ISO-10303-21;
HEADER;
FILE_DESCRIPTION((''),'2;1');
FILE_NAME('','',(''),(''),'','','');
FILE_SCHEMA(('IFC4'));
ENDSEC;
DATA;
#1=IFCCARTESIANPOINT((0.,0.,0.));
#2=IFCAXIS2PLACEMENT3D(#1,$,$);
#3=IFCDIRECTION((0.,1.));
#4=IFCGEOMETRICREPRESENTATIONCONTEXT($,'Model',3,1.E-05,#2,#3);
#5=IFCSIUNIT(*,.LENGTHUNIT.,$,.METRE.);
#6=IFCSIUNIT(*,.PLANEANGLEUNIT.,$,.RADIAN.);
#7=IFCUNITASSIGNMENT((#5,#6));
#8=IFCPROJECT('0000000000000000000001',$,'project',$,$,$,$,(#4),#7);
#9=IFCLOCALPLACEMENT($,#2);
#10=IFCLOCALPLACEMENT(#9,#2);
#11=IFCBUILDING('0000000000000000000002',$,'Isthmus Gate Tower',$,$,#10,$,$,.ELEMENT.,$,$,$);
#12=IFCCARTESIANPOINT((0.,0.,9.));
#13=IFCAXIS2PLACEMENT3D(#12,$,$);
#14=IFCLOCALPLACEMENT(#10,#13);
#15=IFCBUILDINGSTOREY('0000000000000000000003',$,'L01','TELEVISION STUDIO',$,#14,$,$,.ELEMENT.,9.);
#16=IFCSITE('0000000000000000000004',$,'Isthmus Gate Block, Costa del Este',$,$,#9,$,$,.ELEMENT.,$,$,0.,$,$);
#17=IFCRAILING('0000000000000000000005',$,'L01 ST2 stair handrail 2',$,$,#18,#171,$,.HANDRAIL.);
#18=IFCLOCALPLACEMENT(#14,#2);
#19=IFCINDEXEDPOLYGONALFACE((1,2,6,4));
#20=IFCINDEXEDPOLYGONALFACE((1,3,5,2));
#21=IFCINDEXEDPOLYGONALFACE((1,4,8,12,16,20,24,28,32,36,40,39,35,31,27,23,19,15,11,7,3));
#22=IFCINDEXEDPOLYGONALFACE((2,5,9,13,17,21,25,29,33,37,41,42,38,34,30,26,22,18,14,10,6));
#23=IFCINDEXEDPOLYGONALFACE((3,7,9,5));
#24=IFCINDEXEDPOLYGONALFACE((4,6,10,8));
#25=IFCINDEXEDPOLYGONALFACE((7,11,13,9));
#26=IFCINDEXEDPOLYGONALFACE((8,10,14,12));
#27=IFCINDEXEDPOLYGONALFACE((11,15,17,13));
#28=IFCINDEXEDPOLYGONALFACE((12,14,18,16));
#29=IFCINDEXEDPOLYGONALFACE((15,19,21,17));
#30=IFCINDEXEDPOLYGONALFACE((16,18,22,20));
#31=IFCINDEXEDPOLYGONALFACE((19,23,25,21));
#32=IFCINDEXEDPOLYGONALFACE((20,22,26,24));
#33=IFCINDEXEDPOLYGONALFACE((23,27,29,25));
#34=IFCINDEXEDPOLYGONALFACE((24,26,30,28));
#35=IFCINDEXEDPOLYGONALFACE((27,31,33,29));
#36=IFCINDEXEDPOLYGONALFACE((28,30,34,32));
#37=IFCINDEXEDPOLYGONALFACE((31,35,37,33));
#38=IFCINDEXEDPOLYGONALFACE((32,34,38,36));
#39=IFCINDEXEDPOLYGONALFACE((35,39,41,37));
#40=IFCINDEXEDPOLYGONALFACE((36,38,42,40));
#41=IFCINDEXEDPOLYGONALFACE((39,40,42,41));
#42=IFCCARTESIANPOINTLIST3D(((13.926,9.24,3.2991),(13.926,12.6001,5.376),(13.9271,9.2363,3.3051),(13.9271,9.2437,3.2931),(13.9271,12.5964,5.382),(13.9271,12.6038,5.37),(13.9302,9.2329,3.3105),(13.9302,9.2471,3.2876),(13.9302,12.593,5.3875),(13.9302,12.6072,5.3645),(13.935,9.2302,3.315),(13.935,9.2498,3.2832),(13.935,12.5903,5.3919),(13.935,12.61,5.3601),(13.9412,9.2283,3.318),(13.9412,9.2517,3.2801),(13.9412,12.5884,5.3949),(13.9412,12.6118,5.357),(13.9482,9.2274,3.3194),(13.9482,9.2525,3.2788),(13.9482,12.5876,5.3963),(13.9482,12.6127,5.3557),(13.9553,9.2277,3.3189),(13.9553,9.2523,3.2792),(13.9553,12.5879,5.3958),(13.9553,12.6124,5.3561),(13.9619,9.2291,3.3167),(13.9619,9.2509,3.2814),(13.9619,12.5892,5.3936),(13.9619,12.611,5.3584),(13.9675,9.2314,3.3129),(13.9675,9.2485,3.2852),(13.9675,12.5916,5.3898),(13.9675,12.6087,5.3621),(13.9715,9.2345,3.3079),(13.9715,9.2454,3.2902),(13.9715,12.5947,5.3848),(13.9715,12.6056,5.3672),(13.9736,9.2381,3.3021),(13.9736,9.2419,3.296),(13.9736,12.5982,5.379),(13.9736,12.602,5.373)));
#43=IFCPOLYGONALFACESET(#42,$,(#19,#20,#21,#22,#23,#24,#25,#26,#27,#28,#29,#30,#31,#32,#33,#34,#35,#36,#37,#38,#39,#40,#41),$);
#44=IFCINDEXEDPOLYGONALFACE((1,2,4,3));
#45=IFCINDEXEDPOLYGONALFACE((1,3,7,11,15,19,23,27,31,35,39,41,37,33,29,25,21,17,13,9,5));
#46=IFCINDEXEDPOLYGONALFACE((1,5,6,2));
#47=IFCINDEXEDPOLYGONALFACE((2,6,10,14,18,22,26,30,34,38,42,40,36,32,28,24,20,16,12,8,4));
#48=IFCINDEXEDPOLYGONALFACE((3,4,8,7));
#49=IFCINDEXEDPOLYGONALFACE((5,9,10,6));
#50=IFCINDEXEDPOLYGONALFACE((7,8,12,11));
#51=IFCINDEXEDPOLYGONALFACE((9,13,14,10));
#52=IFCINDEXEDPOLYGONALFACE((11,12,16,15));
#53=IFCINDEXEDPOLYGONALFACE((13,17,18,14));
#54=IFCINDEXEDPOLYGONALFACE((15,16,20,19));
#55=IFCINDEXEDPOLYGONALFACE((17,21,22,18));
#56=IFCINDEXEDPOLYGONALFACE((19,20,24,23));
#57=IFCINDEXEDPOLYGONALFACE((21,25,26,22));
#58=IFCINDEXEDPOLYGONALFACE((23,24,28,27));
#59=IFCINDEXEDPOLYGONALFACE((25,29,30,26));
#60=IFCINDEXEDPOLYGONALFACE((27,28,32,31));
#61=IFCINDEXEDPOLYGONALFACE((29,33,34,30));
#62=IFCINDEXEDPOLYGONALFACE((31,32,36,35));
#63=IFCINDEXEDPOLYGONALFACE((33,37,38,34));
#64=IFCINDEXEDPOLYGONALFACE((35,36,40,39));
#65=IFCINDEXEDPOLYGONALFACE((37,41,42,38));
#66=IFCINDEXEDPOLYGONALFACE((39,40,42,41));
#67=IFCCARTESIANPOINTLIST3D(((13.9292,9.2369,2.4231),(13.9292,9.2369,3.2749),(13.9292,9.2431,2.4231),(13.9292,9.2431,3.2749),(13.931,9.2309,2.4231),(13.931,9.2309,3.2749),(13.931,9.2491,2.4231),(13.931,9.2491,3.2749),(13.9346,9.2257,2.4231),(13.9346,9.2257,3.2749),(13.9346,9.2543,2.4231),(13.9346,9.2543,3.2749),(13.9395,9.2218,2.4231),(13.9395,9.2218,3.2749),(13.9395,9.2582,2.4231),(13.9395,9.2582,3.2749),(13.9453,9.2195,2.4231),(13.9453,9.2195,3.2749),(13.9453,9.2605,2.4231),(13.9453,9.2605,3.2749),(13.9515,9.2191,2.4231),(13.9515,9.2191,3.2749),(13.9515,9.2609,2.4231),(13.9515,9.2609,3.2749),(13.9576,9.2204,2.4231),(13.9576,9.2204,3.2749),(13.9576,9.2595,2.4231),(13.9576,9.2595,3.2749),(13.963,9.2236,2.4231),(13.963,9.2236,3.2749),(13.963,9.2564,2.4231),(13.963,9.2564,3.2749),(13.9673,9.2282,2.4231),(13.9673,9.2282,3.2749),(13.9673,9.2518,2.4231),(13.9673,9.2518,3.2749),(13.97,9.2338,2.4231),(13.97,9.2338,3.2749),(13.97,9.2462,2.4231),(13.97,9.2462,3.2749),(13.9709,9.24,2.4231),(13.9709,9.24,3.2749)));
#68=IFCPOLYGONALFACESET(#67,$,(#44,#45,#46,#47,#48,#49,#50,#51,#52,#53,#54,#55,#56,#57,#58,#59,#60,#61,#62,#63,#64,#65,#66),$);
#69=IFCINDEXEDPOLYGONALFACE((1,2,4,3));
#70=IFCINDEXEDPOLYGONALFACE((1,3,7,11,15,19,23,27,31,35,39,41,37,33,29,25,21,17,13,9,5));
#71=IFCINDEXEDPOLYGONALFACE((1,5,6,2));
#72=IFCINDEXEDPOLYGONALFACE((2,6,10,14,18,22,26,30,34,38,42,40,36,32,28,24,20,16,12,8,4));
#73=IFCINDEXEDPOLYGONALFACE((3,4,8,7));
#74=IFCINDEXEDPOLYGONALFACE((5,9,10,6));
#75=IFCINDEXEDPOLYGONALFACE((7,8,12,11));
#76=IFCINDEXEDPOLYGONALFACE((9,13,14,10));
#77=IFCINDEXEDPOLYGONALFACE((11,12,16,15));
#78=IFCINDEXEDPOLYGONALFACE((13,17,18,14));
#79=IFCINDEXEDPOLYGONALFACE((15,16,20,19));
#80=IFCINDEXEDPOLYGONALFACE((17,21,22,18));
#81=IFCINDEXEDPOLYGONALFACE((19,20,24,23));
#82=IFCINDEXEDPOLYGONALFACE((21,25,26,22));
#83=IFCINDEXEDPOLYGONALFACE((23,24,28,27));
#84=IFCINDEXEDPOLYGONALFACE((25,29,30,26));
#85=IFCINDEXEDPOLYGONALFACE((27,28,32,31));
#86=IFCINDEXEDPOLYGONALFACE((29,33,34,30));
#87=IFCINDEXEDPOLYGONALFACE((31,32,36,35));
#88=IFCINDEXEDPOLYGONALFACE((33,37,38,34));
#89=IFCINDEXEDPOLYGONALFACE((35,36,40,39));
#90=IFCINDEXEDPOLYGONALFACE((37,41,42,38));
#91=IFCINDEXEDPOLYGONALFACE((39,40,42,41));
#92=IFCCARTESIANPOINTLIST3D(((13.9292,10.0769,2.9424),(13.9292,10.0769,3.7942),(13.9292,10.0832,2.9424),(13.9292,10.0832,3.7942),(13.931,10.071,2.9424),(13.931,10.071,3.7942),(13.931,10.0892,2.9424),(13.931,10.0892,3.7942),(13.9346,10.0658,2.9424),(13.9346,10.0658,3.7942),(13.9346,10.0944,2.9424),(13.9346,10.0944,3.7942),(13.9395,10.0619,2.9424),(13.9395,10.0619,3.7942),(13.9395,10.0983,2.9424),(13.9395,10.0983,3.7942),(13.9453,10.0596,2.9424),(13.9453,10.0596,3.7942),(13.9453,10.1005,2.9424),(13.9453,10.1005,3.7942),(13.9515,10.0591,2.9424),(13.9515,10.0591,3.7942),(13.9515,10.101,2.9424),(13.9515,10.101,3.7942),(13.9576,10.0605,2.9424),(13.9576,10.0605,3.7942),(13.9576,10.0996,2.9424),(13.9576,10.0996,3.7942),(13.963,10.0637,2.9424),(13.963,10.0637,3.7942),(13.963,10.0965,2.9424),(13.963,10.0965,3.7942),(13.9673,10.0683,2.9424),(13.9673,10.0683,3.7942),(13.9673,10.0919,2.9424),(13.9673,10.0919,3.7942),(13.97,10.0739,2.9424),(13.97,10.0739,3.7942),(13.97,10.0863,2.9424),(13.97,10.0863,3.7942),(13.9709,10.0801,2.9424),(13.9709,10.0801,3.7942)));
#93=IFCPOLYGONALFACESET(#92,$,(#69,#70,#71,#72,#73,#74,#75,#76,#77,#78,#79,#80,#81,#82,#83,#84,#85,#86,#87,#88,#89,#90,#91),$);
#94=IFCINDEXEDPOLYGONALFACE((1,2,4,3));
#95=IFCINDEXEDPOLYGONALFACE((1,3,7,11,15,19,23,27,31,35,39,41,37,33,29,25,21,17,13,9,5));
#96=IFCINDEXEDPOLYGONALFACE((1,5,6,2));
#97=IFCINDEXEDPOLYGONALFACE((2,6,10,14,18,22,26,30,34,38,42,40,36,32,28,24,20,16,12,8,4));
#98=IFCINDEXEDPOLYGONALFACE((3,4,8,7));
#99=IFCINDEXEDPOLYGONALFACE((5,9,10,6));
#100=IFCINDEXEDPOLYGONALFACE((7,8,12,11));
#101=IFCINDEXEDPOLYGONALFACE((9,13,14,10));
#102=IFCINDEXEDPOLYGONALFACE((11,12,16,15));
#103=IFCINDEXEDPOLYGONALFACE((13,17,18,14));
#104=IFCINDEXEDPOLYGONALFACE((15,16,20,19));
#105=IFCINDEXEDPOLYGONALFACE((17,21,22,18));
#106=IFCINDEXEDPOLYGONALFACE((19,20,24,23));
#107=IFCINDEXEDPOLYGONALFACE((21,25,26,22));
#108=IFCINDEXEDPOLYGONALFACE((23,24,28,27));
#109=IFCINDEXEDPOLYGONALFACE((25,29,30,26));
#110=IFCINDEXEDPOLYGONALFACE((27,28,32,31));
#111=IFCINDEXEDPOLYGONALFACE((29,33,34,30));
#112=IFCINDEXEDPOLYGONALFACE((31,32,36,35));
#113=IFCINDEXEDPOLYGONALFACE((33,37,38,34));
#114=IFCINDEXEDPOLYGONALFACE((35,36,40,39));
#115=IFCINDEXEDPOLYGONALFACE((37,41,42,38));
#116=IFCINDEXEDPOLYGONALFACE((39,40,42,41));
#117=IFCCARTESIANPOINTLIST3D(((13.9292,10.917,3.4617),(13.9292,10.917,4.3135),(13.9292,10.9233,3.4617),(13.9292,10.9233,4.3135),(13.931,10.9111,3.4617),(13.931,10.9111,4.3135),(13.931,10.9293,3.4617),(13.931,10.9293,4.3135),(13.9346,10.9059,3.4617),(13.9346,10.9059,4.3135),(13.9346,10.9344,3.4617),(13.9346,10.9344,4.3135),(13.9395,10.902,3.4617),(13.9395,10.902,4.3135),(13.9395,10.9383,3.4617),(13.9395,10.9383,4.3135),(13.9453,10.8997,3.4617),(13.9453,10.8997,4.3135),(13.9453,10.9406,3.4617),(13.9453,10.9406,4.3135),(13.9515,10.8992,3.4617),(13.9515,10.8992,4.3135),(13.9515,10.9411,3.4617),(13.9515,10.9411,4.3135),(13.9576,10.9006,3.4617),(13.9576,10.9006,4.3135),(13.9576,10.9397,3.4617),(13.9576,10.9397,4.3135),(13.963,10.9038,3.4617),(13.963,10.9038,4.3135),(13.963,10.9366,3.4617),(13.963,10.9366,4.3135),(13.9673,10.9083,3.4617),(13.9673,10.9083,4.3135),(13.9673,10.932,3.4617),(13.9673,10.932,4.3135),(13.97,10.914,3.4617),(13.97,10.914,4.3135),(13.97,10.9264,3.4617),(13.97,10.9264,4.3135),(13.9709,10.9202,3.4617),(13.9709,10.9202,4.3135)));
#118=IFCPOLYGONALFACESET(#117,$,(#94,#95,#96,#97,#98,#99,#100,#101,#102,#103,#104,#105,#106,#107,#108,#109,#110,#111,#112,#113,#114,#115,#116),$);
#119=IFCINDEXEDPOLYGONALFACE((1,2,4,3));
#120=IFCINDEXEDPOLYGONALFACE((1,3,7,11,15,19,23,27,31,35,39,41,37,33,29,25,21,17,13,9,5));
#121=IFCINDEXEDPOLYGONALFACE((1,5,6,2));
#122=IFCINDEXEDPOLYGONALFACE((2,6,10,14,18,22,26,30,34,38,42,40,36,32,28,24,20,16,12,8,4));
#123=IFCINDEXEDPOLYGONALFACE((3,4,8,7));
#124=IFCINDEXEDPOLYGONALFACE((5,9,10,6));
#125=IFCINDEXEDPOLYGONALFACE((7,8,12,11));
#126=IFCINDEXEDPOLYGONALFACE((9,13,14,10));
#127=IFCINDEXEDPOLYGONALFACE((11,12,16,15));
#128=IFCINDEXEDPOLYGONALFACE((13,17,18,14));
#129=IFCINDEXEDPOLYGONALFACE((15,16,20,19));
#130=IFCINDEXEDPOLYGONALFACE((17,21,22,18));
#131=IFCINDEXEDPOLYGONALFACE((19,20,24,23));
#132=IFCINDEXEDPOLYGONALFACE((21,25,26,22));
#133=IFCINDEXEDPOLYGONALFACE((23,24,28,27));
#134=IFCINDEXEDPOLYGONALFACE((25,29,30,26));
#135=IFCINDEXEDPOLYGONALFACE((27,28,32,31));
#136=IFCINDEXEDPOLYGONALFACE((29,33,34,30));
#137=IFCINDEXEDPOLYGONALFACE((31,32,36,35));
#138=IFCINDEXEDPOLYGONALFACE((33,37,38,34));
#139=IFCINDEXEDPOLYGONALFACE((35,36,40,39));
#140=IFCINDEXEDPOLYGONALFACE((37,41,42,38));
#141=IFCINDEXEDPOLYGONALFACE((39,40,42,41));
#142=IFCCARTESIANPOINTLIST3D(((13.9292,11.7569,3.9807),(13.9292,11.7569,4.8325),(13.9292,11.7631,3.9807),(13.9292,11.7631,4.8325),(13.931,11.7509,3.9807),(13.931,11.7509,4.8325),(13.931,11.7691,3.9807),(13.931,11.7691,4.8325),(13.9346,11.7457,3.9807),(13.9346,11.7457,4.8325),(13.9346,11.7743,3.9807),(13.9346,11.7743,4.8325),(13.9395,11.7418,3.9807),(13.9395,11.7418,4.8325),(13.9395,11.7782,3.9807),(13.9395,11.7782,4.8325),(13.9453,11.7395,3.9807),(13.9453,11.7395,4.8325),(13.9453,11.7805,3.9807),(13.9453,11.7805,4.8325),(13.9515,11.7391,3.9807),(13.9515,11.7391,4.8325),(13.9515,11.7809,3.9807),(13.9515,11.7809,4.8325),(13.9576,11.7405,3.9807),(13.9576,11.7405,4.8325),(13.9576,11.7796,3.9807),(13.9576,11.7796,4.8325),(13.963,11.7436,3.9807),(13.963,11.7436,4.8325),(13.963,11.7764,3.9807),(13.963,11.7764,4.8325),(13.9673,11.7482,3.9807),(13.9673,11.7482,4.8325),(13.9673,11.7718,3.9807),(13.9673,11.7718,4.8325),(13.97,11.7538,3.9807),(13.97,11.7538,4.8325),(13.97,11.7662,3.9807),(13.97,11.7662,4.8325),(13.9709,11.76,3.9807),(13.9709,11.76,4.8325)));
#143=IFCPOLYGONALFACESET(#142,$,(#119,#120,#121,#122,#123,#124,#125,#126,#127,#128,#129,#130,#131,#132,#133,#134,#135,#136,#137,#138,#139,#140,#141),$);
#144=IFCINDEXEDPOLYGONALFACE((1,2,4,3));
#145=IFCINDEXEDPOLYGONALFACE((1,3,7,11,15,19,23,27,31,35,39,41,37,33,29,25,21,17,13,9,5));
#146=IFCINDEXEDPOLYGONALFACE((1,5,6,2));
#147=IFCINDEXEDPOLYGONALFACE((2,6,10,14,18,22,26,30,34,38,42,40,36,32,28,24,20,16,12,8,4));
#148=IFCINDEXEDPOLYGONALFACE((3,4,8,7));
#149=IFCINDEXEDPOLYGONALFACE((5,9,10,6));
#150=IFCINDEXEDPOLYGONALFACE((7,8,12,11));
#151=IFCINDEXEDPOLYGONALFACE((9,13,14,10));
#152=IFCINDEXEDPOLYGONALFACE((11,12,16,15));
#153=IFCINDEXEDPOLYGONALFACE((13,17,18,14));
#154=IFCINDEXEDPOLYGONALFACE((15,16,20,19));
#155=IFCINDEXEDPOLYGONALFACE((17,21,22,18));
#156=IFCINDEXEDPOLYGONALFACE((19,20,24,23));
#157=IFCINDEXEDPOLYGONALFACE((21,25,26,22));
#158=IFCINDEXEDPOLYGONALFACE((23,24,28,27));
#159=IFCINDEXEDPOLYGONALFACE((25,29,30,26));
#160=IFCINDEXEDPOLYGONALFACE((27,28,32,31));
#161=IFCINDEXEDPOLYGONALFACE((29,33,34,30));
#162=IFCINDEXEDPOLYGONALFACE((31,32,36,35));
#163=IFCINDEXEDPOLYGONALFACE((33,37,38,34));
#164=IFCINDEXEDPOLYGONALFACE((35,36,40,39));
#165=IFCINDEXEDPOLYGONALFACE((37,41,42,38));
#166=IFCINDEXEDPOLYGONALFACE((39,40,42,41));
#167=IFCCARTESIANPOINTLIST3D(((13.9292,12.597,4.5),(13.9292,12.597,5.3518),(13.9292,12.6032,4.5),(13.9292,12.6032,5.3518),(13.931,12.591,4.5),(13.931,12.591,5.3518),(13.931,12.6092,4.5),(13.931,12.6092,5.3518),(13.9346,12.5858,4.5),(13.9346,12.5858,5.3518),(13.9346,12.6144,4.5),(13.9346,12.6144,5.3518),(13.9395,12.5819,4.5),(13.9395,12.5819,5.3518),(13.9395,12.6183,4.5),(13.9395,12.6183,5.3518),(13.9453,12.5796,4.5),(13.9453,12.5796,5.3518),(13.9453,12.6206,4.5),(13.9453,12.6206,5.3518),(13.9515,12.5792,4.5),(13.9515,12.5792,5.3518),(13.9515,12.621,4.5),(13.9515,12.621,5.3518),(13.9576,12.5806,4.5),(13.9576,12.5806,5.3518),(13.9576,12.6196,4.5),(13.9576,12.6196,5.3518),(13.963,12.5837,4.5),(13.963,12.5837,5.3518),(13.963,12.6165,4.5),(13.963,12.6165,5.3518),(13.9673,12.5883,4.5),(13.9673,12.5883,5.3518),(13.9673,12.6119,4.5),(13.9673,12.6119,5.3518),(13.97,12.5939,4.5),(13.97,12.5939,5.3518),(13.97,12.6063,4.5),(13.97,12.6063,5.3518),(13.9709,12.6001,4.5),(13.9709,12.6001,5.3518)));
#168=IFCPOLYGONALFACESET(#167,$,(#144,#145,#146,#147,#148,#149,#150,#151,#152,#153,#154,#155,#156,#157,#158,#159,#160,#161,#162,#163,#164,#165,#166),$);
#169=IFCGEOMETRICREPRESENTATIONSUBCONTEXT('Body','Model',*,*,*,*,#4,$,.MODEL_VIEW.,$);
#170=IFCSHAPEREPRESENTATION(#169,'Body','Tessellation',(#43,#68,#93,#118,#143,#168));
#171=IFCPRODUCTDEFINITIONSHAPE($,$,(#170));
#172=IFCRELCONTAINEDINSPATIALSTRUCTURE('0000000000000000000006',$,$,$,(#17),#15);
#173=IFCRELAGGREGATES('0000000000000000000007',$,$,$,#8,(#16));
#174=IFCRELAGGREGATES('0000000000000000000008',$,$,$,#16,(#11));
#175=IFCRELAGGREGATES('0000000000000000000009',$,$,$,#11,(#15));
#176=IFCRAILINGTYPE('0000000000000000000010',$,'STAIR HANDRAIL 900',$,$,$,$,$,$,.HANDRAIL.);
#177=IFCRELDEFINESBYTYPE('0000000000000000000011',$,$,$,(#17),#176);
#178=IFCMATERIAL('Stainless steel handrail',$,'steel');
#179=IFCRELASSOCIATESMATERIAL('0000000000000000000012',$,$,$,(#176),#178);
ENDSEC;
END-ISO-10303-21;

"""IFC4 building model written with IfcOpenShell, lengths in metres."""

from ifc_helpers import new_model, si_unit, direction, frame, origin, origin_2d, place, context, subcontext, project, spatial, circle, extrude, material, type_object, element, save


model = new_model("IFC4")

# Units and contexts
model_context = context("Model", 3, precision=1e-05, world=origin(), true_north=direction((0.0, 1.0)))
body_context = subcontext(model_context, "Body", "Model", "MODEL_VIEW")
ifc_project = project(units=[si_unit("LENGTHUNIT", "METRE"), si_unit("PLANEANGLEUNIT", "RADIAN")], contexts=[model_context])

# Site, building, storey
site_placement = place(None, origin())
site = spatial("IfcSite", under=ifc_project, at=site_placement, Name="Isthmus Gate Block, Costa del Este", CompositionType="ELEMENT", RefElevation=0.0)
building_placement = place(site_placement, origin())
building = spatial("IfcBuilding", under=site, at=building_placement, Name="Isthmus Gate Tower", CompositionType="ELEMENT")
storey_placement = place(building_placement, frame((0.0, 0.0, 9.0)))
storey = spatial("IfcBuildingStorey", under=building, at=storey_placement, Name="L01", Description="TELEVISION STUDIO", CompositionType="ELEMENT", Elevation=9.0)

# Railing
ifc_material_1 = material(Name="Stainless steel handrail", Category="steel")
railing_type_1 = type_object("IfcRailingType", Name="STAIR HANDRAIL 900", PredefinedType="HANDRAIL", material=ifc_material_1)
railing_1_placement = place(storey_placement, frame((13.95, 9.24, 2.4231)))
element("IfcRailing", 1, at=railing_1_placement, inside=storey, type_object=railing_type_1, Name="L01 ST2 stair handrail 2", PredefinedType="HANDRAIL", context=body_context, shape_type="SweptSolid", body=[
    extrude(circle(Radius=0.0239, at=origin_2d()), frame((0.0, 0.0, 0.876), z_axis=(0.0, 0.850623, 0.525776), x_axis=(-1.0, 0.0, 0.0)), (0.0, 0.0, 1.0), 3.9502),
    extrude(circle(Radius=0.021, at=origin_2d()), origin(), (0.0, 0.0, 1.0), 0.8518),
    extrude(circle(Radius=0.021, at=origin_2d()), frame((0.0, 0.8401, 0.5193)), (0.0, 0.0, 1.0), 0.8518),
    extrude(circle(Radius=0.021, at=origin_2d()), frame((0.0, 1.6802, 1.0386)), (0.0, 0.0, 1.0), 0.8518),
    extrude(circle(Radius=0.021, at=origin_2d()), frame((0.0, 2.52, 1.5576)), (0.0, 0.0, 1.0), 0.8518),
    extrude(circle(Radius=0.021, at=origin_2d()), frame((0.0, 3.3601, 2.0769)), (0.0, 0.0, 1.0), 0.8518),
])

save(model, "model.ifc")
